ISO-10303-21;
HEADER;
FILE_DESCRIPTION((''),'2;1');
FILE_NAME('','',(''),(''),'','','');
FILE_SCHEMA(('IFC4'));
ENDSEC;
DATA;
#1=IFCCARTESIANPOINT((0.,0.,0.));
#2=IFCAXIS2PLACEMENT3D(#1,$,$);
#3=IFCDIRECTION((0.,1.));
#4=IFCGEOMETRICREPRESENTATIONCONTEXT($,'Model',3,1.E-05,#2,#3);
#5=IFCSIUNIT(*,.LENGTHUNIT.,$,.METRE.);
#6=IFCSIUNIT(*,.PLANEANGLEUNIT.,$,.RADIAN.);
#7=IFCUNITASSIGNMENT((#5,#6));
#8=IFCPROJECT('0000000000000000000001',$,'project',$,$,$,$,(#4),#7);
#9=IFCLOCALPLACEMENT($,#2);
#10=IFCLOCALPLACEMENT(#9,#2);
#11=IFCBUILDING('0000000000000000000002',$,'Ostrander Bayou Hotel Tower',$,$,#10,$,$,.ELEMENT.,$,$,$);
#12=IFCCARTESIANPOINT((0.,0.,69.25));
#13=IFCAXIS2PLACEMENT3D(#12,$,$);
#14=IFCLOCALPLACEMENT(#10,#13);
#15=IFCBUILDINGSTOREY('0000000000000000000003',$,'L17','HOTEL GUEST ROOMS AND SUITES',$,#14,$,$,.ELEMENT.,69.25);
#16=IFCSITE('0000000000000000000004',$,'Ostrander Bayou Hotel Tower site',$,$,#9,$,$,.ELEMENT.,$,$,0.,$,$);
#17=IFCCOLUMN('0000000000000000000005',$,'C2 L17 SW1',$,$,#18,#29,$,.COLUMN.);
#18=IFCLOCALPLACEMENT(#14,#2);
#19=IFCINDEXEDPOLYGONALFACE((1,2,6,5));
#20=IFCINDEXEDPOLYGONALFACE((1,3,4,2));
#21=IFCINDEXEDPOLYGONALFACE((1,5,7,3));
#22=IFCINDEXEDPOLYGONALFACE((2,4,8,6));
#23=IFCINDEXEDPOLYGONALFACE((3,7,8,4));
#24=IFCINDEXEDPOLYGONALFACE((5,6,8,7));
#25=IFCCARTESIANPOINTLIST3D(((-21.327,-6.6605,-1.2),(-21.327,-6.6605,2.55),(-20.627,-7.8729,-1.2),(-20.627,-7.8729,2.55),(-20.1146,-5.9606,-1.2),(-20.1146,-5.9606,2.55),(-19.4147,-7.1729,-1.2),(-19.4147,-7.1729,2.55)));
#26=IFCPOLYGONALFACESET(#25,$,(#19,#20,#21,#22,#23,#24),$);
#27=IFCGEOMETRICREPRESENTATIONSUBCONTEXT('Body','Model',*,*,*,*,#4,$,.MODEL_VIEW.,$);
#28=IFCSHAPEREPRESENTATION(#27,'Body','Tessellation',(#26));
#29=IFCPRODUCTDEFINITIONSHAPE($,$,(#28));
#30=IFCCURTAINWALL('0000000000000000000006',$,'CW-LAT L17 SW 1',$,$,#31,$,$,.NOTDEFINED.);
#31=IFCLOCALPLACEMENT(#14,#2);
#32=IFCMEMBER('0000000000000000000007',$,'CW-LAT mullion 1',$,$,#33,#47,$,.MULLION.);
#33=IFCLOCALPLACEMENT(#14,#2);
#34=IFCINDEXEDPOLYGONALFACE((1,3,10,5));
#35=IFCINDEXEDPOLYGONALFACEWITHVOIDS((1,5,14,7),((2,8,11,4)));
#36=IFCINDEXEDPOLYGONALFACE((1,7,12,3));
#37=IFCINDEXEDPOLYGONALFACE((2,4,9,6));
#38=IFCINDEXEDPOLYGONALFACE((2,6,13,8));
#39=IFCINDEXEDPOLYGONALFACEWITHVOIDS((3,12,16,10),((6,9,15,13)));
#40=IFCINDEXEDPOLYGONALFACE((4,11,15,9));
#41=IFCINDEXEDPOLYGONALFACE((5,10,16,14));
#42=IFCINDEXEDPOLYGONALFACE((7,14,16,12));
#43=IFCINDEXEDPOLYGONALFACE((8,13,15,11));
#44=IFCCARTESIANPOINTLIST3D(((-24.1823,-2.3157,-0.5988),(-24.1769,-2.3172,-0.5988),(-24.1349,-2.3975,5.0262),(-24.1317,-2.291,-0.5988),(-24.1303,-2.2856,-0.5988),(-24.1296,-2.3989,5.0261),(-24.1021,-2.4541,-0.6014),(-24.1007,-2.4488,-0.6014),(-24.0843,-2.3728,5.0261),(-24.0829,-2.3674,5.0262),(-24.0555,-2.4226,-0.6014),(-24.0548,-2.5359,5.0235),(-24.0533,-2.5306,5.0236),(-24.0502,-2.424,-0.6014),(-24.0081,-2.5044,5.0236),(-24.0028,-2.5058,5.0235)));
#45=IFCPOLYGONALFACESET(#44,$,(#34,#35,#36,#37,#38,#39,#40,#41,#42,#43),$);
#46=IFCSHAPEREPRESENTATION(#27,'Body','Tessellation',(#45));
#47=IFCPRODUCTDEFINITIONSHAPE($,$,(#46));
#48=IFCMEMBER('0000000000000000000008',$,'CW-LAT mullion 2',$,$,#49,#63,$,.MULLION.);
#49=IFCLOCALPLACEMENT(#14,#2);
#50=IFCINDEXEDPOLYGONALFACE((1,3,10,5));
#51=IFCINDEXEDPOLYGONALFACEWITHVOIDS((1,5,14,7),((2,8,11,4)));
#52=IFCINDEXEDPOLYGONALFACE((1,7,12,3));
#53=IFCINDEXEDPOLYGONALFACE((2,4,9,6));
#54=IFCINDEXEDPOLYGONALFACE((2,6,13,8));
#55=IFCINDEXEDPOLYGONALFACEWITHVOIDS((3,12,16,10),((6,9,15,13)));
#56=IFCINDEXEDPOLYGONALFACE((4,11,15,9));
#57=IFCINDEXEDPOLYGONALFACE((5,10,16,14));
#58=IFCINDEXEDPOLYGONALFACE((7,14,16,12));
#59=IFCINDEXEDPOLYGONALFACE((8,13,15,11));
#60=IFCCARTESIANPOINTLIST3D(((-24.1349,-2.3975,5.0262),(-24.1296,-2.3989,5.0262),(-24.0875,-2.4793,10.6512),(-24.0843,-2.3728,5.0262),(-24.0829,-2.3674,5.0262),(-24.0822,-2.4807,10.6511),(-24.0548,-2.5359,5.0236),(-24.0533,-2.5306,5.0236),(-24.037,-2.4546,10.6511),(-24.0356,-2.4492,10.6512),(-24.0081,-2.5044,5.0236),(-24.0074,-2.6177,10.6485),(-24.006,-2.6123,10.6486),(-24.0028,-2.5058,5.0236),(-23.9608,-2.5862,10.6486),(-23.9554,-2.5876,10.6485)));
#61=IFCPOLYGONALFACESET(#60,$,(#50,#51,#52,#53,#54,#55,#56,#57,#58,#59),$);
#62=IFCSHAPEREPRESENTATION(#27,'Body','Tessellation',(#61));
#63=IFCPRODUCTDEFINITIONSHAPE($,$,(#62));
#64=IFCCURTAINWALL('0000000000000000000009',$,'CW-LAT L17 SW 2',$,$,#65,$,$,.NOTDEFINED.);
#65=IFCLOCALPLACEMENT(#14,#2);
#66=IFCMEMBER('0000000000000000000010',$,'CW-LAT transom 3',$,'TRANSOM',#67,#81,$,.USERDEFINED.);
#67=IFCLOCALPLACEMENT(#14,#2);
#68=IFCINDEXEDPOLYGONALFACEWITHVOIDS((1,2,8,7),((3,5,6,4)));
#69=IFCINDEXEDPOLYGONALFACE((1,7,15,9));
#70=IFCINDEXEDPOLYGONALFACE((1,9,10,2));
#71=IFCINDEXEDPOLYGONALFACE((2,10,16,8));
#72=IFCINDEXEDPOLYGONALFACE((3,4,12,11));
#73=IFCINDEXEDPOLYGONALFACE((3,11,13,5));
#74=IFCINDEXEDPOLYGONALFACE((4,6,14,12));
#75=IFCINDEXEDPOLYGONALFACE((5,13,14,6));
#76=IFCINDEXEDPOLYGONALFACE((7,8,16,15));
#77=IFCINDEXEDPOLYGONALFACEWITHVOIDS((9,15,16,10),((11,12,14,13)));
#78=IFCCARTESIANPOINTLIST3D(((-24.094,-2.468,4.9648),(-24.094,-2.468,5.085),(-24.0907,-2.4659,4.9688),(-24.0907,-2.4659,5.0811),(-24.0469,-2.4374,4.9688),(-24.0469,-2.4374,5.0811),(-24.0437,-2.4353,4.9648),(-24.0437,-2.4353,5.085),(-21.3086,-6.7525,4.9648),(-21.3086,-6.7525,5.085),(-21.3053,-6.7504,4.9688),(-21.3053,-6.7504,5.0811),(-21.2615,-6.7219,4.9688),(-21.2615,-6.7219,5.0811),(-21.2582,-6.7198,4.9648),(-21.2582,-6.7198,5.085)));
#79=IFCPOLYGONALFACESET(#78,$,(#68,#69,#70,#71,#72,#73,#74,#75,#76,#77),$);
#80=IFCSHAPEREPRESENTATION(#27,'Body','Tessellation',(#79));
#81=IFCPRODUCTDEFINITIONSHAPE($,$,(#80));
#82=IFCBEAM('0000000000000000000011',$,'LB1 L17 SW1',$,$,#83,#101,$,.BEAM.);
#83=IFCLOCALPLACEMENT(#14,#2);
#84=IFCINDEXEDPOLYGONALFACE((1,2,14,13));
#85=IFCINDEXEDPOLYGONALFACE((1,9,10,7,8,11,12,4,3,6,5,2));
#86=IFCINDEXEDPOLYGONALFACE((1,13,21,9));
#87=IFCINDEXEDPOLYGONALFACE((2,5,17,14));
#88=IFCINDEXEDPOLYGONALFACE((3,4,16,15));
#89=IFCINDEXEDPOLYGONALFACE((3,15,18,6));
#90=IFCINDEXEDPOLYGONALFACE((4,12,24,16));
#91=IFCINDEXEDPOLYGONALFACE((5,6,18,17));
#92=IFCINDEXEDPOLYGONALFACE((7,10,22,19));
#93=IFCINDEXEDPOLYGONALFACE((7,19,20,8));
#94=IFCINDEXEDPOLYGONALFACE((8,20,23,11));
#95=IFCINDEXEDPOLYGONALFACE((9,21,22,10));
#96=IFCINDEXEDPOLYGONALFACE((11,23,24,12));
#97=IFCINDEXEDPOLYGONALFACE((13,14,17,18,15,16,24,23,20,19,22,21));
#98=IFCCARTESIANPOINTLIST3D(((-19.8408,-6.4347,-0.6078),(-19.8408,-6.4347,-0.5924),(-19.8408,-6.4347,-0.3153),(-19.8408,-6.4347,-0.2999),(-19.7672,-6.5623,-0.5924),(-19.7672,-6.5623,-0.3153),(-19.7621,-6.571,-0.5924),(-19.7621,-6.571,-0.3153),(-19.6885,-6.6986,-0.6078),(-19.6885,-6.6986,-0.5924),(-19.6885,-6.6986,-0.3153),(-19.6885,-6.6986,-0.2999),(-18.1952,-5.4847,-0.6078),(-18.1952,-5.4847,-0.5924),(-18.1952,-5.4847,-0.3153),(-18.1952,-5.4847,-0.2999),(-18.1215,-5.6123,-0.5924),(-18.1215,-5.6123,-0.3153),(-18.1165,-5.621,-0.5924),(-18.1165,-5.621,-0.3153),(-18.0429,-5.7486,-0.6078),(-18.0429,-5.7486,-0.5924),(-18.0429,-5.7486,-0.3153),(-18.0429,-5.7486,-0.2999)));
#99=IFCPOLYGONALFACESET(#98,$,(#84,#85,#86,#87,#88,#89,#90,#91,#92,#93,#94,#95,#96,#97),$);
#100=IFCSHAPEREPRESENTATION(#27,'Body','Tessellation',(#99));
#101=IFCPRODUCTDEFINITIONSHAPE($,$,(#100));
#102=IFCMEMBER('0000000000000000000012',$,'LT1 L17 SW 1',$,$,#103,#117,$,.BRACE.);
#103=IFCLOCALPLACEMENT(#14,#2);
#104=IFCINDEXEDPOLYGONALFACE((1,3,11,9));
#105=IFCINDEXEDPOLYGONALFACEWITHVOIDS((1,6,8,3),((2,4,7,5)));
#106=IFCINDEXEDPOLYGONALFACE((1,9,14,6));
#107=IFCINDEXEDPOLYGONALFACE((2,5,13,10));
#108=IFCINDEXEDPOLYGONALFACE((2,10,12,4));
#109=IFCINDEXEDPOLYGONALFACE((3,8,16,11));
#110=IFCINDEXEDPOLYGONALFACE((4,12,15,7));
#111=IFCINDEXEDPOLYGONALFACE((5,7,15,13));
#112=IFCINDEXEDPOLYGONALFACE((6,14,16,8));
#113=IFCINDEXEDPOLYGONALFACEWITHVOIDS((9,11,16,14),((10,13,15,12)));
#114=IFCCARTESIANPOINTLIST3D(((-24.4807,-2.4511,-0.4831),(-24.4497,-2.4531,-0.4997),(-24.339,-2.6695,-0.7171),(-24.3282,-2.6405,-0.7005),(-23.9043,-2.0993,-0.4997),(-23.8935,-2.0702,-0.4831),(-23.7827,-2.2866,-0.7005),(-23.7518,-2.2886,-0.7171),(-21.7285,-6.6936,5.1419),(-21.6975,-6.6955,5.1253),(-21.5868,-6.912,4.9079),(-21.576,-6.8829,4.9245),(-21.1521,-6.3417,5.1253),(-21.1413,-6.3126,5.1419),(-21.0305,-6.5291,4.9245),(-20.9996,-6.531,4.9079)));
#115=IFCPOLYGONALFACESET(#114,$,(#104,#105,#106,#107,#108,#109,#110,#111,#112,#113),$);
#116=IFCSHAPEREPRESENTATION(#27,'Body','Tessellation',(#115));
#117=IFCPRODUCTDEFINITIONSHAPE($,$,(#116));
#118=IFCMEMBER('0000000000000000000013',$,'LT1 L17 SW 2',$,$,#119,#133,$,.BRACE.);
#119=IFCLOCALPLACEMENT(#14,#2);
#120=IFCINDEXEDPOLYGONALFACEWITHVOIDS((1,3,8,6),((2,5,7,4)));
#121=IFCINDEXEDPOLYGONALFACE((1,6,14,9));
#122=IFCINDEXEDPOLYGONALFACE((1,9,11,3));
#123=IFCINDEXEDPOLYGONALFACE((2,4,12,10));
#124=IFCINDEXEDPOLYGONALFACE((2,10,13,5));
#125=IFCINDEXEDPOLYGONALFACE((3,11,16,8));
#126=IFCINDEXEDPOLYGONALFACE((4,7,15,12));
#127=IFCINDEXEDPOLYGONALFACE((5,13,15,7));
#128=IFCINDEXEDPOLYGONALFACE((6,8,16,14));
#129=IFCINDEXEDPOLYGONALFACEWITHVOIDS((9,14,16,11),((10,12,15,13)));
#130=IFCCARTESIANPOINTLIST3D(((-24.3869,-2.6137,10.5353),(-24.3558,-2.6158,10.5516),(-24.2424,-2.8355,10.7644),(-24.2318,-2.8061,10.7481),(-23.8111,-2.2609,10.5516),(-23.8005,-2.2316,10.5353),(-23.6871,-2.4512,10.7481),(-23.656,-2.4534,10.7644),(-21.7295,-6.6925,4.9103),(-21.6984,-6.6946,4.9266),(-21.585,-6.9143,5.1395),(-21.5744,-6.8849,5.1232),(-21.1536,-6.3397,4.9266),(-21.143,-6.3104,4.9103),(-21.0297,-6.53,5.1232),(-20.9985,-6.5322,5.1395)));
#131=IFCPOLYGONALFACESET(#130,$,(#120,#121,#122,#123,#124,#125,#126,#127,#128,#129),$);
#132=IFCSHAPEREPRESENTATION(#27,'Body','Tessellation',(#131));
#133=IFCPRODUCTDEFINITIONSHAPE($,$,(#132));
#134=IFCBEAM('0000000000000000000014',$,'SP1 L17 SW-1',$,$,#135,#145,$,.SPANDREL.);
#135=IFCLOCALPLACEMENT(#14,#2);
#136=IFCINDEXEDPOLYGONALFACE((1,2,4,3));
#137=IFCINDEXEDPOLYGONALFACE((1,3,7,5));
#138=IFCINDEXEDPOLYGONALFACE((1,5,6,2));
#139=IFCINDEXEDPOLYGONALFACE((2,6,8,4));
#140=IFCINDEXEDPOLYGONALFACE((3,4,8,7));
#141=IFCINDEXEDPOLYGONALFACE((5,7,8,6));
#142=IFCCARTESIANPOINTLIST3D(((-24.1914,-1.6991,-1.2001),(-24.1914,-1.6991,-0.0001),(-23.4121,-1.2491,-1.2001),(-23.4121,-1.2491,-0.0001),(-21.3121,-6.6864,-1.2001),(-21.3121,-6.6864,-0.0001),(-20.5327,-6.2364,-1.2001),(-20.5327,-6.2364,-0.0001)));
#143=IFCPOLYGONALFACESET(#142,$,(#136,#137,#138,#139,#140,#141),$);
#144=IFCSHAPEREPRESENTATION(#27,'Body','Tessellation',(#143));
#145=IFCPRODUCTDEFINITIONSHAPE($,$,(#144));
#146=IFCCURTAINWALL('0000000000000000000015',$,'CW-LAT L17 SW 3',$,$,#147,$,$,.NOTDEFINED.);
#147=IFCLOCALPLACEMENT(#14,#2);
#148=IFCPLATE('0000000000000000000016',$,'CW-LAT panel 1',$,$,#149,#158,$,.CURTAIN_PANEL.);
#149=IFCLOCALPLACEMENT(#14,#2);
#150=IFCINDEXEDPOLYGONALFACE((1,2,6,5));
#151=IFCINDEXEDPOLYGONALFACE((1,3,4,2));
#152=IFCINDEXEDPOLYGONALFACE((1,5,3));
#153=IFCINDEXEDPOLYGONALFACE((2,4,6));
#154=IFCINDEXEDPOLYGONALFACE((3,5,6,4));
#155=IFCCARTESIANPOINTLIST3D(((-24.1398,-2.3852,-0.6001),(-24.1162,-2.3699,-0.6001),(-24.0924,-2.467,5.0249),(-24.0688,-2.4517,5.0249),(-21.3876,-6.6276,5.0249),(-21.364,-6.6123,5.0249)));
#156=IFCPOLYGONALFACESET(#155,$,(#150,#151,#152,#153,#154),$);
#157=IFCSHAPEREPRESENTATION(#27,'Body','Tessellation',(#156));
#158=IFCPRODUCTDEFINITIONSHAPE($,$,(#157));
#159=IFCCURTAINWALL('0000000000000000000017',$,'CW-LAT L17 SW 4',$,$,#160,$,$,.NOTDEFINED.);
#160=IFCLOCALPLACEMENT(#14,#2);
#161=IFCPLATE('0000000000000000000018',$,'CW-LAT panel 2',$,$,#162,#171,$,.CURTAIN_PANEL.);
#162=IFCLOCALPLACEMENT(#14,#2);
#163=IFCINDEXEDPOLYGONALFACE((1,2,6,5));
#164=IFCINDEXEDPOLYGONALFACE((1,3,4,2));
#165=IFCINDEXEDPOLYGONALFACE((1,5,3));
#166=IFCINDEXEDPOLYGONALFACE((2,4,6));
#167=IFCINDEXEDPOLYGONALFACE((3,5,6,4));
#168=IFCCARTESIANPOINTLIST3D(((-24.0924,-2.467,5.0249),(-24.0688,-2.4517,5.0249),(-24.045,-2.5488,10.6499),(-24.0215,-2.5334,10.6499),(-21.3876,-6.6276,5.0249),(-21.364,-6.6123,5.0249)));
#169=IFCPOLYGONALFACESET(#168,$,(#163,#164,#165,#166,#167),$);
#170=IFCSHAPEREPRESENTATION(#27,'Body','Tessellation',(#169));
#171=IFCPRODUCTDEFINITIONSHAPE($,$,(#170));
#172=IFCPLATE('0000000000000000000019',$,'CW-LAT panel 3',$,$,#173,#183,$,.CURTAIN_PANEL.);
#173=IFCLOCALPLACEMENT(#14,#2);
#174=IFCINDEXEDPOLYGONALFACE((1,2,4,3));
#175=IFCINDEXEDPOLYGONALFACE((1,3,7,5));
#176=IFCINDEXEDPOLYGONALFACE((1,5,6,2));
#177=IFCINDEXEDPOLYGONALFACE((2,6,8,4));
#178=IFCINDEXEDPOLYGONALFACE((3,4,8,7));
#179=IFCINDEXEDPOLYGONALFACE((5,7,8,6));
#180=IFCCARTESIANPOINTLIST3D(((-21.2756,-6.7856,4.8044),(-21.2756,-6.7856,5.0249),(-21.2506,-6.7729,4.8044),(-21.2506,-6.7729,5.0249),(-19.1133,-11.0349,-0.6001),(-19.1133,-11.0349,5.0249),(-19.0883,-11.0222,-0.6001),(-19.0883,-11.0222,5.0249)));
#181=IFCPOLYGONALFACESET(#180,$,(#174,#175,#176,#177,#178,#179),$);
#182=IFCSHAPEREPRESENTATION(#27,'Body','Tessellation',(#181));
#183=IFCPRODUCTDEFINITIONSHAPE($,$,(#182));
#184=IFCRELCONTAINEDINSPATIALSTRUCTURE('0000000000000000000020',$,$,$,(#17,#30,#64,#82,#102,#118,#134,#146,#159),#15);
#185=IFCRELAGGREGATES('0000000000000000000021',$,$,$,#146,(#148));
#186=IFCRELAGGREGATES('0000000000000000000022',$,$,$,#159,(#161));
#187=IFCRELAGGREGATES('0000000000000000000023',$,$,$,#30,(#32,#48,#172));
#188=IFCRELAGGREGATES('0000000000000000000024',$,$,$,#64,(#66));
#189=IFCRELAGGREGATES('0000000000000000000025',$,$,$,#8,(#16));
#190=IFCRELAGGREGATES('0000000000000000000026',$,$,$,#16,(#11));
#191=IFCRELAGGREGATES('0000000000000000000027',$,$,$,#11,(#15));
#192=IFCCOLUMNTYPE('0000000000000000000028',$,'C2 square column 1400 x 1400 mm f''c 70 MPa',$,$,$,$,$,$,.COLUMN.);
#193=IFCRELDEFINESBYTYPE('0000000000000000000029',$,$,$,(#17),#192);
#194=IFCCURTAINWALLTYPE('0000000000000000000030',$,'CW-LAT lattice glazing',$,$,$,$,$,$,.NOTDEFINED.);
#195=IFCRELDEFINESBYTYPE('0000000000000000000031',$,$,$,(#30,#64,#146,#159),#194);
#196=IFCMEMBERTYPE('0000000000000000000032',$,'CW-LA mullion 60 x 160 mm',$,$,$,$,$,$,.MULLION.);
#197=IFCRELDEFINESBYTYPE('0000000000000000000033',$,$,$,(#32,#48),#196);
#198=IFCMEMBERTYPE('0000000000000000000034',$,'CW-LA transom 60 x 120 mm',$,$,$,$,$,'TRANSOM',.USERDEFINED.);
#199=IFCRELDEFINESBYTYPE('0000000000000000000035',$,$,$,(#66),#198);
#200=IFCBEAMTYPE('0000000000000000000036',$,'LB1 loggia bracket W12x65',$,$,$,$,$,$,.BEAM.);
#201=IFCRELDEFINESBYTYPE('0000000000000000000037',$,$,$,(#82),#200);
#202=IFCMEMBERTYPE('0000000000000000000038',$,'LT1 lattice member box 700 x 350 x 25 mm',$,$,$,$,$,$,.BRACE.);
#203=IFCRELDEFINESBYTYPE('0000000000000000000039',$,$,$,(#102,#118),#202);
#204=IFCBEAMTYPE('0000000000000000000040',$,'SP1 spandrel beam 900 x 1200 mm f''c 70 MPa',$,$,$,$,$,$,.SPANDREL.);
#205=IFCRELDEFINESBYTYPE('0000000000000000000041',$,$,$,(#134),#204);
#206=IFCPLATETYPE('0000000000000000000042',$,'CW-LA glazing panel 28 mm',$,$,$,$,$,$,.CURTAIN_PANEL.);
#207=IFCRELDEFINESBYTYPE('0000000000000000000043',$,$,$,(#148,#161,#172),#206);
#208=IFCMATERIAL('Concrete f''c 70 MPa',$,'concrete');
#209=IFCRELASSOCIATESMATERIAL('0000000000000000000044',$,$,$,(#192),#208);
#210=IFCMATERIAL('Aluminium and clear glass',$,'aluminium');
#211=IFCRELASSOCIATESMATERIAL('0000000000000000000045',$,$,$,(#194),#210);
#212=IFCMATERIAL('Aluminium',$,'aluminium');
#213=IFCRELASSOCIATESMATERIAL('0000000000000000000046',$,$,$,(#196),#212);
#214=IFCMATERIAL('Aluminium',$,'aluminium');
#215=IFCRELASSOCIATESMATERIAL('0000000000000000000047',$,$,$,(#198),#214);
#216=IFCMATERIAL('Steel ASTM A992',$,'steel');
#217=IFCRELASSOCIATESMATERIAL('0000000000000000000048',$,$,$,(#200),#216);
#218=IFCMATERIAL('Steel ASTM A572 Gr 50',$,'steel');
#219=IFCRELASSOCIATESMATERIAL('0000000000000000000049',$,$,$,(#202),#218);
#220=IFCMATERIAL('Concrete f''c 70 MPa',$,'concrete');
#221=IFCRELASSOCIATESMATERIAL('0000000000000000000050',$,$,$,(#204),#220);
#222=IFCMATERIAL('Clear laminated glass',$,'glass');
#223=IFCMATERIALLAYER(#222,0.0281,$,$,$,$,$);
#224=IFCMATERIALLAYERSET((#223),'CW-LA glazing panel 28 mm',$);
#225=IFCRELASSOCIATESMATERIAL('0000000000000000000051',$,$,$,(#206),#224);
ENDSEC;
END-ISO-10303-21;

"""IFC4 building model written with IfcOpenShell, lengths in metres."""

from ifc_helpers import new_model, si_unit, direction, frame, origin, origin_2d, place, context, subcontext, project, spatial, polyline, rectangle, hollow_rectangle, i_section, outline, extrude, material, layer, layer_set, material_profile, profile_set, type_object, element, aggregate, save


model = new_model("IFC4")

# Units and contexts
model_context = context("Model", 3, precision=1e-05, world=origin(), true_north=direction((0.0, 1.0)))
body_context = subcontext(model_context, "Body", "Model", "MODEL_VIEW")
ifc_project = project(units=[si_unit("LENGTHUNIT", "METRE"), si_unit("PLANEANGLEUNIT", "RADIAN")], contexts=[model_context])

# Site, building, storey
site_placement = place(None, origin())
site = spatial("IfcSite", under=ifc_project, at=site_placement, Name="Ostrander Bayou Hotel Tower site", CompositionType="ELEMENT", RefElevation=0.0)
building_placement = place(site_placement, origin())
building = spatial("IfcBuilding", under=site, at=building_placement, Name="Ostrander Bayou Hotel Tower", CompositionType="ELEMENT")
storey_placement = place(building_placement, frame((0.0, 0.0, 69.25)))
storey = spatial("IfcBuildingStorey", under=building, at=storey_placement, Name="L17", Description="HOTEL GUEST ROOMS AND SUITES", CompositionType="ELEMENT", Elevation=69.25)

# Column
ifc_material_1 = material(Name="Concrete f'c 70 MPa", Category="concrete")
ifc_material_profile_1 = material_profile(ifc_material_1, rectangle(XDim=1.3999, YDim=1.3999, at=origin_2d()))
ifc_profile_set_1 = profile_set([ifc_material_profile_1], Name="Concrete f'c 70 MPa")
column_type = type_object("IfcColumnType", Name="C2 square column 1400 x 1400 mm f'c 70 MPa", PredefinedType="COLUMN", material=ifc_profile_set_1)
column_placement = place(storey_placement, frame((-20.3708, -6.9167, -1.2), z_axis=(0.0, 0.0, 1.0), x_axis=(-0.5, 0.866025, 0.0)))
element("IfcColumn", 1, at=column_placement, inside=storey, type_object=column_type, Name="C2 L17 SW1", PredefinedType="COLUMN", context=body_context, shape_type="SweptSolid", body=[
    extrude(rectangle(XDim=1.3999, YDim=1.3999, at=origin_2d()), origin(), (0.0, 0.0, 1.0), 3.75),
])

# Curtain wall, members
ifc_material_2 = material(Name="Aluminium and clear glass", Category="aluminium")
curtain_wall_type = type_object("IfcCurtainWallType", Name="CW-LAT lattice glazing", PredefinedType="NOTDEFINED", material=ifc_material_2)
curtain_wall_1_placement = place(storey_placement, origin())
curtain_wall_1 = element("IfcCurtainWall", 2, at=curtain_wall_1_placement, inside=storey, type_object=curtain_wall_type, Name="CW-LAT L17 SW 1", PredefinedType="NOTDEFINED")
ifc_material_3 = material(Name="Aluminium", Category="aluminium")
ifc_material_profile_2 = material_profile(ifc_material_3, hollow_rectangle(XDim=0.0601, YDim=0.1599, WallThickness=0.0039, at=origin_2d()))
ifc_profile_set_2 = profile_set([ifc_material_profile_2], Name="Aluminium")
member_type_1 = type_object("IfcMemberType", Name="CW-LA mullion 60 x 160 mm", PredefinedType="MULLION", material=ifc_profile_set_2)
member_1_placement = place(storey_placement, frame((-24.1162, -2.3699, -0.6001), z_axis=(0.008419, -0.014538, 0.999859), x_axis=(0.865367, 0.501138, 0.0)))
member_1 = element("IfcMember", 3, at=member_1_placement, type_object=member_type_1, Name="CW-LAT mullion 1", PredefinedType="MULLION", context=body_context, shape_type="SweptSolid", body=[
    extrude(hollow_rectangle(XDim=0.0601, YDim=0.1599, WallThickness=0.0039, at=origin_2d()), origin(), (0.0, 0.0, 1.0), 5.6257),
])
member_2_placement = place(storey_placement, frame((-24.0688, -2.4517, 5.0249), z_axis=(0.008419, -0.014538, 0.999859), x_axis=(0.865367, 0.501138, 0.0)))
member_2 = element("IfcMember", 4, at=member_2_placement, type_object=member_type_1, Name="CW-LAT mullion 2", PredefinedType="MULLION", context=body_context, shape_type="SweptSolid", body=[
    extrude(hollow_rectangle(XDim=0.0601, YDim=0.1599, WallThickness=0.0039, at=origin_2d()), origin(), (0.0, 0.0, 1.0), 5.6257),
])

# Curtain wall, member
curtain_wall_2_placement = place(storey_placement, origin())
curtain_wall_2 = element("IfcCurtainWall", 5, at=curtain_wall_2_placement, inside=storey, type_object=curtain_wall_type, Name="CW-LAT L17 SW 2", PredefinedType="NOTDEFINED")
ifc_material_4 = material(Name="Aluminium", Category="aluminium")
ifc_material_profile_3 = material_profile(ifc_material_4, hollow_rectangle(XDim=0.0601, YDim=0.1201, WallThickness=0.0039, at=origin_2d()))
ifc_profile_set_3 = profile_set([ifc_material_profile_3], Name="Aluminium")
member_type_2 = type_object("IfcMemberType", Name="CW-LA transom 60 x 120 mm", ElementType="TRANSOM", PredefinedType="USERDEFINED", material=ifc_profile_set_3)
member_3_placement = place(storey_placement, frame((-24.0688, -2.4517, 5.0249), z_axis=(0.545061, -0.838397, 0.0), x_axis=(0.838397, 0.545061, 0.0)))
member_3 = element("IfcMember", 6, at=member_3_placement, type_object=member_type_2, Name="CW-LAT transom 3", ObjectType="TRANSOM", PredefinedType="USERDEFINED", context=body_context, shape_type="SweptSolid", body=[
    extrude(hollow_rectangle(XDim=0.0601, YDim=0.1201, WallThickness=0.0039, at=origin_2d()), origin(), (0.0, 0.0, 1.0), 5.1104),
])

# Beam
ifc_material_5 = material(Name="Steel ASTM A992", Category="steel")
ifc_material_profile_4 = material_profile(ifc_material_5, i_section(OverallWidth=0.3047, OverallDepth=0.3079, WebThickness=0.01, FlangeThickness=0.0154, at=origin_2d()))
ifc_profile_set_4 = profile_set([ifc_material_profile_4], Name="Steel ASTM A992")
beam_type_1 = type_object("IfcBeamType", Name="LB1 loggia bracket W12x65", PredefinedType="BEAM", material=ifc_profile_set_4)
beam_1_placement = place(storey_placement, frame((-19.7646, -6.5667, -0.4539), z_axis=(0.866044, 0.499967, 0.0), x_axis=(-0.499967, 0.866044, 0.0)))
element("IfcBeam", 7, at=beam_1_placement, inside=storey, type_object=beam_type_1, Name="LB1 L17 SW1", PredefinedType="BEAM", context=body_context, shape_type="SweptSolid", body=[
    extrude(i_section(OverallWidth=0.3047, OverallDepth=0.3079, WebThickness=0.01, FlangeThickness=0.0154, at=origin_2d()), origin(), (0.0, 0.0, 1.0), 1.9001),
])

# Members
ifc_material_6 = material(Name="Steel ASTM A572 Gr 50", Category="steel")
ifc_material_profile_5 = material_profile(ifc_material_6, hollow_rectangle(XDim=0.7, YDim=0.3501, WallThickness=0.0249, at=origin_2d()))
ifc_profile_set_5 = profile_set([ifc_material_profile_5], Name="Steel ASTM A572 Gr 50")
member_type_3 = type_object("IfcMemberType", Name="LT1 lattice member box 700 x 350 x 25 mm", PredefinedType="BRACE", material=ifc_profile_set_5)
member_4_placement = place(storey_placement, frame((-21.364, -6.6123, 5.0249), z_axis=(-0.363857, 0.560875, -0.743658), x_axis=(-0.83893, -0.54424, 0.0)))
element("IfcMember", 8, at=member_4_placement, inside=storey, type_object=member_type_3, Name="LT1 L17 SW 1", PredefinedType="BRACE", context=body_context, shape_type="SweptSolid", body=[
    extrude(hollow_rectangle(XDim=0.7, YDim=0.3501, WallThickness=0.0249, at=origin_2d()), origin(), (0.0, 0.0, 1.0), 7.564),
])
member_5_placement = place(storey_placement, frame((-21.364, -6.6123, 5.0249), z_axis=(-0.357231, 0.548302, 0.756142), x_axis=(-0.83786, -0.545885, 0.0)))
element("IfcMember", 9, at=member_5_placement, inside=storey, type_object=member_type_3, Name="LT1 L17 SW 2", PredefinedType="BRACE", context=body_context, shape_type="SweptSolid", body=[
    extrude(hollow_rectangle(XDim=0.7, YDim=0.3501, WallThickness=0.0249, at=origin_2d()), origin(), (0.0, 0.0, 1.0), 7.439),
])

# Beam
ifc_material_7 = material(Name="Concrete f'c 70 MPa", Category="concrete")
ifc_material_profile_6 = material_profile(ifc_material_7, rectangle(XDim=0.8999, YDim=1.2, at=origin_2d()))
ifc_profile_set_6 = profile_set([ifc_material_profile_6], Name="Concrete f'c 70 MPa")
beam_type_2 = type_object("IfcBeamType", Name="SP1 spandrel beam 900 x 1200 mm f'c 70 MPa", PredefinedType="SPANDREL", material=ifc_profile_set_6)
beam_2_placement = place(storey_placement, frame((-23.8018, -1.4741, -0.6001), z_axis=(0.499996, -0.866027, 0.0), x_axis=(0.866027, 0.499996, 0.0)))
element("IfcBeam", 10, at=beam_2_placement, inside=storey, type_object=beam_type_2, Name="SP1 L17 SW-1", PredefinedType="SPANDREL", context=body_context, shape_type="SweptSolid", body=[
    extrude(rectangle(XDim=0.8999, YDim=1.2, at=origin_2d()), origin(), (0.0, 0.0, 1.0), 5.7588),
])

# Curtain walls, plates
curtain_wall_3_placement = place(storey_placement, origin())
curtain_wall_3 = element("IfcCurtainWall", 11, at=curtain_wall_3_placement, inside=storey, type_object=curtain_wall_type, Name="CW-LAT L17 SW 3", PredefinedType="NOTDEFINED")
ifc_material_8 = material(Name="Clear laminated glass", Category="glass")
ifc_layer_1 = layer(ifc_material_8, 0.0281)
ifc_layer_set_1 = layer_set([ifc_layer_1], Name="CW-LA glazing panel 28 mm")
plate_type = type_object("IfcPlateType", Name="CW-LA glazing panel 28 mm", PredefinedType="CURTAIN_PANEL", material=ifc_layer_set_1)
plate_1_placement = place(storey_placement, frame((-21.364, -6.6123, 5.0249), z_axis=(0.838405, 0.545047, 0.000865), x_axis=(-0.363857, 0.560875, -0.743658)))
plate_1 = element("IfcPlate", 12, at=plate_1_placement, type_object=plate_type, Name="CW-LAT panel 1", PredefinedType="CURTAIN_PANEL", context=body_context, shape_type="SweptSolid", body=[
    extrude(outline(polyline([(0.0, 0.0), (7.564, 0.0), (3.3178, 3.6905), (0.0, 0.0)])), origin(), (0.0, 0.0, -1.0), 0.0281),
])
aggregate(curtain_wall_3, [plate_1])
curtain_wall_4_placement = place(storey_placement, origin())
curtain_wall_4 = element("IfcCurtainWall", 13, at=curtain_wall_4_placement, inside=storey, type_object=curtain_wall_type, Name="CW-LAT L17 SW 4", PredefinedType="NOTDEFINED")
plate_2_placement = place(storey_placement, frame((-21.364, -6.6123, 5.0249), z_axis=(0.838405, 0.545047, 0.000865), x_axis=(-0.357231, 0.548302, 0.756142)))
plate_2 = element("IfcPlate", 14, at=plate_2_placement, type_object=plate_type, Name="CW-LAT panel 2", PredefinedType="CURTAIN_PANEL", context=body_context, shape_type="SweptSolid", body=[
    extrude(outline(polyline([(0.0, 0.0), (7.4391, 0.0), (3.2475, -3.7524), (0.0, 0.0)])), origin(), (0.0, 0.0, -1.0), 0.0281),
])
aggregate(curtain_wall_4, [plate_2])

# Plate
plate_3_placement = place(storey_placement, frame((-21.2756, -6.7856, 4.8044), z_axis=(-0.89124, -0.453531, 0.0), x_axis=(0.300034, -0.589601, -0.7499)))
plate_3 = element("IfcPlate", 15, at=plate_3_placement, type_object=plate_type, Name="CW-LAT panel 3", PredefinedType="CURTAIN_PANEL", context=body_context, shape_type="SweptSolid", body=[
    extrude(outline(polyline([(0.0, 0.0), (7.207, 0.0), (2.9888, 3.7212), (-0.1653, 0.1458), (0.0, 0.0)])), origin(), (0.0, 0.0, -1.0), 0.0281),
])
aggregate(curtain_wall_1, [member_1, member_2, plate_3])
aggregate(curtain_wall_2, [member_3])

save(model, "model.ifc")
